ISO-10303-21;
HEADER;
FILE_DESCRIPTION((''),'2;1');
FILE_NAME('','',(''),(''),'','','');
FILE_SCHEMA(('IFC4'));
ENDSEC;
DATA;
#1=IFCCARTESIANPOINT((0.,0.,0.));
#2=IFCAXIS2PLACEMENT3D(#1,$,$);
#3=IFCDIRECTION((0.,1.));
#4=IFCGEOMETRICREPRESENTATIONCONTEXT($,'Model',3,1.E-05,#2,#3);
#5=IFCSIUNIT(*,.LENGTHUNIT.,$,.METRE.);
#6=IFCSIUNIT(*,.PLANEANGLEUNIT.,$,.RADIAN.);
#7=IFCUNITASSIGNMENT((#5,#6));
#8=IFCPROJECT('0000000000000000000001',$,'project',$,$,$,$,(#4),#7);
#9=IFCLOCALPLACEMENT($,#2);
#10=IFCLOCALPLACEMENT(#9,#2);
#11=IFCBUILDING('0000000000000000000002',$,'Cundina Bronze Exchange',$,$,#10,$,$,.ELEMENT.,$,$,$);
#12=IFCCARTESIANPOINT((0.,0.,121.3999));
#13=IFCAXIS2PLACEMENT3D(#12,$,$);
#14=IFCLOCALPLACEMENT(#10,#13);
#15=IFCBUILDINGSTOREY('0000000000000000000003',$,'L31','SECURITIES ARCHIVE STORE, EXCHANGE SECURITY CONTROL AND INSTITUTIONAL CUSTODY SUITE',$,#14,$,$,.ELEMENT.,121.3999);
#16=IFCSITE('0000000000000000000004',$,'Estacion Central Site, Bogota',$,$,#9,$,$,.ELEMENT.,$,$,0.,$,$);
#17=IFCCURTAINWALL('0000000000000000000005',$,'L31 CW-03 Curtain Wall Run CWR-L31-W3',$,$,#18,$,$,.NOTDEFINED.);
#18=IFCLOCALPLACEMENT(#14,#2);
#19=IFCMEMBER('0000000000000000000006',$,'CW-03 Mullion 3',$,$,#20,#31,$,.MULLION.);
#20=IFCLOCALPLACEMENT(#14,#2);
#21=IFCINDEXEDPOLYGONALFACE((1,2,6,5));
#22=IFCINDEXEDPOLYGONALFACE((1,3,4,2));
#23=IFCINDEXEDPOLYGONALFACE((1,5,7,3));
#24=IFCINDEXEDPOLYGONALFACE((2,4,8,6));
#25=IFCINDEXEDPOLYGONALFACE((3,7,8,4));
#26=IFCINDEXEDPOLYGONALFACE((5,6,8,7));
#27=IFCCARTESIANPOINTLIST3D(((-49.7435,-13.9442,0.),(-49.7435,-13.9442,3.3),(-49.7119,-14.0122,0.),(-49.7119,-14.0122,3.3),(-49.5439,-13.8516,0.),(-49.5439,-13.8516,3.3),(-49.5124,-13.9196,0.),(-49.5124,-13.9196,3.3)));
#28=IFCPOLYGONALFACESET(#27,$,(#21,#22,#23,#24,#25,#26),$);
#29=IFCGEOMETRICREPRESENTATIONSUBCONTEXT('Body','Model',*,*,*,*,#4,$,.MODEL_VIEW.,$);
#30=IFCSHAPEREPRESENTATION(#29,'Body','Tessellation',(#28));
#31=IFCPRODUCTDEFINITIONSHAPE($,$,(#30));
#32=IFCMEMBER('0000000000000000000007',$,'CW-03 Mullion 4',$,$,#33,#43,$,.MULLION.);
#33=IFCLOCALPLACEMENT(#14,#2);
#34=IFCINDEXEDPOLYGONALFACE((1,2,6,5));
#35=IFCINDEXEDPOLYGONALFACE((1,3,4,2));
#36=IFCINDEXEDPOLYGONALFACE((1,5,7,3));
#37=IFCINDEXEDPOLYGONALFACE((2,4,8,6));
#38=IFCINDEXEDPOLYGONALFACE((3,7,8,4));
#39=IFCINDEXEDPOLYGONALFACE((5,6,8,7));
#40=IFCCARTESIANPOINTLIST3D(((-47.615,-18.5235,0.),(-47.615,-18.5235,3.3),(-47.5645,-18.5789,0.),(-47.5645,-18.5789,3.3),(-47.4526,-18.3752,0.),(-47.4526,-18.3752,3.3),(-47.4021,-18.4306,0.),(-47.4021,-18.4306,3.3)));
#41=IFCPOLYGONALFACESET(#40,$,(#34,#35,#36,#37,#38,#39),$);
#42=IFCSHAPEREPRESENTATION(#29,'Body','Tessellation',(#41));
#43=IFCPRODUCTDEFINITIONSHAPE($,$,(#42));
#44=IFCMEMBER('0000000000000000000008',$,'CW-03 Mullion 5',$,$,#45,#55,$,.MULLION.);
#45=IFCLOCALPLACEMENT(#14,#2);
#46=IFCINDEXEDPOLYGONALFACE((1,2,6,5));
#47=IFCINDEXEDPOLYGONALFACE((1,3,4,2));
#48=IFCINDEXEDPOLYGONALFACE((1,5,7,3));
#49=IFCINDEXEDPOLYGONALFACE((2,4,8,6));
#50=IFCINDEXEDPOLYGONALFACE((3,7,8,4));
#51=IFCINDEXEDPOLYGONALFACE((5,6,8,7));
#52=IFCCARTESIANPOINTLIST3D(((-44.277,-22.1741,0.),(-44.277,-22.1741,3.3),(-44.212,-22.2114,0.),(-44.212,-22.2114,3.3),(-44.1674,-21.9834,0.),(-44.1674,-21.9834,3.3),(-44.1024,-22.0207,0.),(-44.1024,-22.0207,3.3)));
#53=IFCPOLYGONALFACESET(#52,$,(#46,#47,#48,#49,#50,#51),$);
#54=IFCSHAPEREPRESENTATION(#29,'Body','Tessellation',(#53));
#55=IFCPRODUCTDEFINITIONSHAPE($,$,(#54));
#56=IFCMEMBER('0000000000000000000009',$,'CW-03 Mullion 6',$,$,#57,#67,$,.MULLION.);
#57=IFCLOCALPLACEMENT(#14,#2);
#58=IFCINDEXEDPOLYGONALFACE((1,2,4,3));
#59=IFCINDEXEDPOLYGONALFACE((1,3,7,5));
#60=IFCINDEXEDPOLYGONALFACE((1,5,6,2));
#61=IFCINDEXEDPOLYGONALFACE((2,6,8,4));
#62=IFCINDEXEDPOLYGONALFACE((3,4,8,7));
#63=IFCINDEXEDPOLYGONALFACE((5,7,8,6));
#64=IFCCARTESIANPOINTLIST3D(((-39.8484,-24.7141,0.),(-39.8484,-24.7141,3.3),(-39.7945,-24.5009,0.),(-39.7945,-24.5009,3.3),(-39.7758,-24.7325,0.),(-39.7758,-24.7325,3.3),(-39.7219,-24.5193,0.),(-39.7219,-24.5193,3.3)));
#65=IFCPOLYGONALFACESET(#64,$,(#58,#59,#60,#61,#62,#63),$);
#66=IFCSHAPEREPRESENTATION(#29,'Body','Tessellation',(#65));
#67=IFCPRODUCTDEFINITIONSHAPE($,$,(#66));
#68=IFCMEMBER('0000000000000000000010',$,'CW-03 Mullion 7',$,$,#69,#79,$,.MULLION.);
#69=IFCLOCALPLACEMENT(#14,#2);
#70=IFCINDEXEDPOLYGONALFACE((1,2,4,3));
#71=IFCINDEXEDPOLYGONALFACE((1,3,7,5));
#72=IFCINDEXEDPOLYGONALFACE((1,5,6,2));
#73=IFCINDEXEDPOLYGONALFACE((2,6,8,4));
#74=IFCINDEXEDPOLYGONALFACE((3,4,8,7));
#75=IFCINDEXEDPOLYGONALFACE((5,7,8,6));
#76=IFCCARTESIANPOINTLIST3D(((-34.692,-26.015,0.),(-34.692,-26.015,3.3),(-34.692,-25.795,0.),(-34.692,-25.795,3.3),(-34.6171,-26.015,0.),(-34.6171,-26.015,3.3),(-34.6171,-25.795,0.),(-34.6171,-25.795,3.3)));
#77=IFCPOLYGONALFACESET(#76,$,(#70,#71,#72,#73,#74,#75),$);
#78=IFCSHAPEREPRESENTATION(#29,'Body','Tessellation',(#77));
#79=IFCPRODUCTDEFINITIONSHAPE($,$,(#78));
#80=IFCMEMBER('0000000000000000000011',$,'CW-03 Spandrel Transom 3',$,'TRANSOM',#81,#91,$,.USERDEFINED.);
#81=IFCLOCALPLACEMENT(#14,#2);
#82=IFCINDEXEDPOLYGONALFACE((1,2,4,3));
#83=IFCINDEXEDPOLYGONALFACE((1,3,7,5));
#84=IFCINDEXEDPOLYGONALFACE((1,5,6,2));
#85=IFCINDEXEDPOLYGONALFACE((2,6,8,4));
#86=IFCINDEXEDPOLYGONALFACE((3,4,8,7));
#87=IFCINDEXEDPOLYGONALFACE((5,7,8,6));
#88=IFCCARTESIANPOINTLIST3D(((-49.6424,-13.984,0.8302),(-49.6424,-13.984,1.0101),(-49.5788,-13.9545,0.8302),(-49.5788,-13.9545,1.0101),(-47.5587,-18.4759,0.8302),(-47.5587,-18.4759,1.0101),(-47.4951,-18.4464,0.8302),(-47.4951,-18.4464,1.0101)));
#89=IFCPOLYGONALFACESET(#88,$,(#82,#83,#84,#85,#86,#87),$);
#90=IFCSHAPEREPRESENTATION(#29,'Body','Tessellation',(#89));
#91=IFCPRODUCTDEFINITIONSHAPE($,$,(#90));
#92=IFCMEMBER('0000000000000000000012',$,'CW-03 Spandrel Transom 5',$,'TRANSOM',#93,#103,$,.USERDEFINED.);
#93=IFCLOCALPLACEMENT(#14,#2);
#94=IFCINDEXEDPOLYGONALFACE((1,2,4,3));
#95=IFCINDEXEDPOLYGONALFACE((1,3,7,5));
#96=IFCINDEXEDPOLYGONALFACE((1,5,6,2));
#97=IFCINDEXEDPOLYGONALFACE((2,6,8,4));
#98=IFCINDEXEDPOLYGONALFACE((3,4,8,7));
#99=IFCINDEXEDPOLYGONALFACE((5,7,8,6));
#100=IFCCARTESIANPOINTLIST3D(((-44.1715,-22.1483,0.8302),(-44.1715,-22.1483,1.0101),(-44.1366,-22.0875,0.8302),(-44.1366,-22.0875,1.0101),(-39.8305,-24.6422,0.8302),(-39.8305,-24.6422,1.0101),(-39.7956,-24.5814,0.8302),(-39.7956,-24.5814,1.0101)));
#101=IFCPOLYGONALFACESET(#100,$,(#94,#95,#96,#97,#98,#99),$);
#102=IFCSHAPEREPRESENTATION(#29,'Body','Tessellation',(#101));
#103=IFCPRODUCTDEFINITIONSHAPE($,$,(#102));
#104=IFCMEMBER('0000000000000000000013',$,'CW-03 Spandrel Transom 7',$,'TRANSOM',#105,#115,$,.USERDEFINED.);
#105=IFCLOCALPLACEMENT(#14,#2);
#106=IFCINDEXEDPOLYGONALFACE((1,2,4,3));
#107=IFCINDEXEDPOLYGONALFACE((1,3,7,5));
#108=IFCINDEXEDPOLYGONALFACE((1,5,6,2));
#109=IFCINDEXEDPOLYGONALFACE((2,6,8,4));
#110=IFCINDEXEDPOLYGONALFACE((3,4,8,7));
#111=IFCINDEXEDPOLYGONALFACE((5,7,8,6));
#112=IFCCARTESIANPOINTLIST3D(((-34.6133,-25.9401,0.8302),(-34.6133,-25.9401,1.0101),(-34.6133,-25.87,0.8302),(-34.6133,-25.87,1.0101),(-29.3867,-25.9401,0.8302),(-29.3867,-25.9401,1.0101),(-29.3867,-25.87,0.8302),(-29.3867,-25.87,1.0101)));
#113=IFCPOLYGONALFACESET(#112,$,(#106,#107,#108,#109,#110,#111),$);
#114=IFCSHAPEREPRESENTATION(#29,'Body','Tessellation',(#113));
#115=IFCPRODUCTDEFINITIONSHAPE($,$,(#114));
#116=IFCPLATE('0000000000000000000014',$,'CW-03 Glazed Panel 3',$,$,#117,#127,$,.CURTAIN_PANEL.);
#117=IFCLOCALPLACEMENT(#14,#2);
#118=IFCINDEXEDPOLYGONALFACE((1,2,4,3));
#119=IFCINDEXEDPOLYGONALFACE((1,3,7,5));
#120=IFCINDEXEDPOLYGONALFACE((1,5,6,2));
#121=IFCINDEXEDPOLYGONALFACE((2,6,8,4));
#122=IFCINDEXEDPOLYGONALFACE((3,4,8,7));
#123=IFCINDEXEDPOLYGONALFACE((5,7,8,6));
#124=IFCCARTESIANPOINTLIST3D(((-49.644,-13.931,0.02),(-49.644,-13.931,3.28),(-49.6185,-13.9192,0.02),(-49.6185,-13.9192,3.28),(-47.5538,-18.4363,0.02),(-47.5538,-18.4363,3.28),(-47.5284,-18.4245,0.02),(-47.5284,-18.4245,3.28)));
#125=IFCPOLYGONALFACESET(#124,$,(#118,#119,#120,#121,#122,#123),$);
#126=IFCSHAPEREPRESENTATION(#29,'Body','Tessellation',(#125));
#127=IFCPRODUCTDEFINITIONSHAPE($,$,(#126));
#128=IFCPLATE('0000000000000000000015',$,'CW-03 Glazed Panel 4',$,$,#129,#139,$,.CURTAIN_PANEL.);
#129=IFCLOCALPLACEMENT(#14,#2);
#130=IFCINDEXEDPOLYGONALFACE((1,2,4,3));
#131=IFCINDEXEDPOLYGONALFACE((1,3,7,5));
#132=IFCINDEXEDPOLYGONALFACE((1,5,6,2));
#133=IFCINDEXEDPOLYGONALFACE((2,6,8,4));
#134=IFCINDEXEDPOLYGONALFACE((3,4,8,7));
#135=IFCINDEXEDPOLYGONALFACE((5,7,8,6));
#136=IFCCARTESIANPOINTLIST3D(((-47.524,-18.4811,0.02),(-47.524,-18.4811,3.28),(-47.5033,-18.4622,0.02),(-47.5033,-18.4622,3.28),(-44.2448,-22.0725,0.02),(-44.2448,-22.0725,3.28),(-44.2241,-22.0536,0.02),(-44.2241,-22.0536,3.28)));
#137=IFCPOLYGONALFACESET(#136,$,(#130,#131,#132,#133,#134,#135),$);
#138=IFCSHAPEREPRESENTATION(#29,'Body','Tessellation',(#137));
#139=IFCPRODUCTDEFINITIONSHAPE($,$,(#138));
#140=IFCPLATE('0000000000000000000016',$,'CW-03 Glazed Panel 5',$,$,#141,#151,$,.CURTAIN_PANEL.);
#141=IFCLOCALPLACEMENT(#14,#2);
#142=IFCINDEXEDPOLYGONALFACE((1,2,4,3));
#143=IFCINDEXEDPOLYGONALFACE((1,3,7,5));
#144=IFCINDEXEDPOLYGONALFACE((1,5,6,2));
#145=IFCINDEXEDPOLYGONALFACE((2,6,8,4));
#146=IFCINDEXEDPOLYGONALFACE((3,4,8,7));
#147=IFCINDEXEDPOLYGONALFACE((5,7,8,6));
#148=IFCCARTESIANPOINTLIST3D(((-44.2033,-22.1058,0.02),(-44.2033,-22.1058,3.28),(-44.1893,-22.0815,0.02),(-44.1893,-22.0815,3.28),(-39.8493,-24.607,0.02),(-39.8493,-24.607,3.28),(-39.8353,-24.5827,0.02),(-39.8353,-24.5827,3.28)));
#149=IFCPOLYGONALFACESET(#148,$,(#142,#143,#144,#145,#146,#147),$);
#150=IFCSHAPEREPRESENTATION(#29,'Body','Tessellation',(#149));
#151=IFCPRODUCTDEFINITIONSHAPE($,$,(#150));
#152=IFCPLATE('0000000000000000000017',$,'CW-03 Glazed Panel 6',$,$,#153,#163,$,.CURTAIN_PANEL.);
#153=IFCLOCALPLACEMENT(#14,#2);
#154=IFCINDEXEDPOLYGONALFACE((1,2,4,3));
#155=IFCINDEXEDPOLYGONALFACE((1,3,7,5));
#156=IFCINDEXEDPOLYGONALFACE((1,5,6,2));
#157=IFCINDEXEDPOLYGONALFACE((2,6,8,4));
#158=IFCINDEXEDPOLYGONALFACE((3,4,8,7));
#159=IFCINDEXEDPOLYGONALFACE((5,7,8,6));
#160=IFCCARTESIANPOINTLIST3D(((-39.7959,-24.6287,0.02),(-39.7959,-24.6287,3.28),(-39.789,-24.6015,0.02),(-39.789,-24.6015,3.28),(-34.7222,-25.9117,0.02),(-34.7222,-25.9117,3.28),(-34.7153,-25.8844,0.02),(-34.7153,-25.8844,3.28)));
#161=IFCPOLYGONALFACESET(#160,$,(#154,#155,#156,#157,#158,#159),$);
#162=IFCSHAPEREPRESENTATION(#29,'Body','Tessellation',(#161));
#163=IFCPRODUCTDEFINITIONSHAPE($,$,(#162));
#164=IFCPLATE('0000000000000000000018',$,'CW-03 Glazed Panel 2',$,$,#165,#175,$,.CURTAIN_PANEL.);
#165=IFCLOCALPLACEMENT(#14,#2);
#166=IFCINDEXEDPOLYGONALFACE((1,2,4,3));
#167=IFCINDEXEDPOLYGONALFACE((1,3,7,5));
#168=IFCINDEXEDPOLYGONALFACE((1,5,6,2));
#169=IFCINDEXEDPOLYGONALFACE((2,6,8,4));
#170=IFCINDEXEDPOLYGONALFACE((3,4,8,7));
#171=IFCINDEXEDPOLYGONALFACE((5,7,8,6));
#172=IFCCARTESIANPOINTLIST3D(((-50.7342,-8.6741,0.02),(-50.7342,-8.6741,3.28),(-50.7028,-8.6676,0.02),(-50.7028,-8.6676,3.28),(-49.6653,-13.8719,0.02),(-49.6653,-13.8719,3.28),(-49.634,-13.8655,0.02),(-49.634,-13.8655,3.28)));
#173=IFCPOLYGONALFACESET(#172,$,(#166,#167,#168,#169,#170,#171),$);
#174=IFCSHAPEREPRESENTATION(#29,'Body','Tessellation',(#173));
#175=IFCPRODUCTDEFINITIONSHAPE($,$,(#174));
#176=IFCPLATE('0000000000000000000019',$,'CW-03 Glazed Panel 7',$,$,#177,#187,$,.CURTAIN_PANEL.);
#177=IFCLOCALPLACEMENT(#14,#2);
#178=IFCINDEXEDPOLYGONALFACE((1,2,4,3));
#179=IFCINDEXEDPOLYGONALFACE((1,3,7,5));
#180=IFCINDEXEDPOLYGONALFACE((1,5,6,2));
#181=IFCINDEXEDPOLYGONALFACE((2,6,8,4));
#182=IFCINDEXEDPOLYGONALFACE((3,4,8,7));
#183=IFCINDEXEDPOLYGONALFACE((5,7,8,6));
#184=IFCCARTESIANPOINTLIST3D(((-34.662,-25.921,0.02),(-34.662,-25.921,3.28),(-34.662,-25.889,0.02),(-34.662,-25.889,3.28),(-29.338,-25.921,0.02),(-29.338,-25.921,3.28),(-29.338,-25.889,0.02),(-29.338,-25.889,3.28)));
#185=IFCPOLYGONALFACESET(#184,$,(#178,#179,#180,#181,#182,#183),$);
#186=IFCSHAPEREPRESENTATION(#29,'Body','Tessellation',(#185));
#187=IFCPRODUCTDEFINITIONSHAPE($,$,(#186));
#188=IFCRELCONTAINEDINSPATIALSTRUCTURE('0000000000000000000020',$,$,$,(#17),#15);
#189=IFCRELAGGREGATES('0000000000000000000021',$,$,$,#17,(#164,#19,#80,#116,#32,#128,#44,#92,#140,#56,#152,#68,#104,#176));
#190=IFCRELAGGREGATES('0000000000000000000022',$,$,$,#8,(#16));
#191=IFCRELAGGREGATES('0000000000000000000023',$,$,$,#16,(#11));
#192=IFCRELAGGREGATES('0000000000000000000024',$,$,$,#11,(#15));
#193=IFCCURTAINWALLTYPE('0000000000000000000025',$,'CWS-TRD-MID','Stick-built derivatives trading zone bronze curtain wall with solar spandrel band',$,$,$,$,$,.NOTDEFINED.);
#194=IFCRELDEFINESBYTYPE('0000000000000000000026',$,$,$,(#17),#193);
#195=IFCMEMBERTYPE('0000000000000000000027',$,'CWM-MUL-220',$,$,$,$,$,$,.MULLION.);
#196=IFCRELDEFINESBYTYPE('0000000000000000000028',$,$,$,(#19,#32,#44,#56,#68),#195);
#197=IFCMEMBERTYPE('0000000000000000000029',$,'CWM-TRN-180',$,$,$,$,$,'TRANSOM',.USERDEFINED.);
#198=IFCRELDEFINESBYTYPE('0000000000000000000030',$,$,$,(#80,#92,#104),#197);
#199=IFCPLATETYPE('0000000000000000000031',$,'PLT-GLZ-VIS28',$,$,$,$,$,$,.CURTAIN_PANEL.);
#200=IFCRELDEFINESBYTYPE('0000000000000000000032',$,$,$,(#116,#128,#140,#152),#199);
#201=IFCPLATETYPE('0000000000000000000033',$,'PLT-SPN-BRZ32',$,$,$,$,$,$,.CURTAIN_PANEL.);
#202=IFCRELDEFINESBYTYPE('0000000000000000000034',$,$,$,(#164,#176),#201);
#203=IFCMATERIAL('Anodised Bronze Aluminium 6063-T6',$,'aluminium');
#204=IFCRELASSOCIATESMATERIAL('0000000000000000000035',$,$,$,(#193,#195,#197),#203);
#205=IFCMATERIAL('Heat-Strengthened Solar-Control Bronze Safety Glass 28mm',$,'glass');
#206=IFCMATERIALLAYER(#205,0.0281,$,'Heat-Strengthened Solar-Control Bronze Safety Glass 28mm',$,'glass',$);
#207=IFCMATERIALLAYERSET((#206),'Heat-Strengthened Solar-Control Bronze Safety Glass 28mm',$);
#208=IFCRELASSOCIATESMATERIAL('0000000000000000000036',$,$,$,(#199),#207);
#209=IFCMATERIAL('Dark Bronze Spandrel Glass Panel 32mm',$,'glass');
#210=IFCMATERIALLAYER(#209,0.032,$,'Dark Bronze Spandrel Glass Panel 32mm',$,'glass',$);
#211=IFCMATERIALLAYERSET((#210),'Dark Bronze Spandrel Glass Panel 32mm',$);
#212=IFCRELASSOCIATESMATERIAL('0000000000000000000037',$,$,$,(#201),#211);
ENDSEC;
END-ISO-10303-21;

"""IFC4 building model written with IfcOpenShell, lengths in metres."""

from ifc_helpers import new_model, si_unit, direction, frame, origin, origin_2d, place, context, subcontext, project, spatial, rectangle, extrude, material, layer, layer_set, material_profile, profile_set, type_object, element, aggregate, save


model = new_model("IFC4")

# Units and contexts
model_context = context("Model", 3, precision=1e-05, world=origin(), true_north=direction((0.0, 1.0)))
body_context = subcontext(model_context, "Body", "Model", "MODEL_VIEW")
ifc_project = project(units=[si_unit("LENGTHUNIT", "METRE"), si_unit("PLANEANGLEUNIT", "RADIAN")], contexts=[model_context])

# Site, building, storey
site_placement = place(None, origin())
site = spatial("IfcSite", under=ifc_project, at=site_placement, Name="Estacion Central Site, Bogota", CompositionType="ELEMENT", RefElevation=0.0)
building_placement = place(site_placement, origin())
building = spatial("IfcBuilding", under=site, at=building_placement, Name="Cundina Bronze Exchange", CompositionType="ELEMENT")
storey_placement = place(building_placement, frame((0.0, 0.0, 121.3999)))
storey = spatial("IfcBuildingStorey", under=building, at=storey_placement, Name="L31", Description="SECURITIES ARCHIVE STORE, EXCHANGE SECURITY CONTROL AND INSTITUTIONAL CUSTODY SUITE", CompositionType="ELEMENT", Elevation=121.3999)

# Curtain wall, members, plates
ifc_material_1 = material(Name="Anodised Bronze Aluminium 6063-T6", Category="aluminium")
curtain_wall_type = type_object("IfcCurtainWallType", Name="CWS-TRD-MID", Description="Stick-built derivatives trading zone bronze curtain wall with solar spandrel band", PredefinedType="NOTDEFINED", material=ifc_material_1)
curtain_wall_placement = place(storey_placement, origin())
curtain_wall = element("IfcCurtainWall", 1, at=curtain_wall_placement, inside=storey, type_object=curtain_wall_type, Name="L31 CW-03 Curtain Wall Run CWR-L31-W3", PredefinedType="NOTDEFINED")
ifc_material_profile_1 = material_profile(ifc_material_1, rectangle(XDim=0.075, YDim=0.22, at=origin_2d()), Name="AL75X220", Category="aluminium")
ifc_profile_set_1 = profile_set([ifc_material_profile_1], Name="Anodised Bronze Aluminium 6063-T6")
member_type_1 = type_object("IfcMemberType", Name="CWM-MUL-220", PredefinedType="MULLION", material=ifc_profile_set_1)
member_1_placement = place(storey_placement, frame((-49.6279, -13.9319, 0.0), z_axis=(0.0, 0.0, 1.0), x_axis=(0.420877, -0.907117, 0.0)))
member_1 = element("IfcMember", 2, at=member_1_placement, type_object=member_type_1, Name="CW-03 Mullion 3", PredefinedType="MULLION", context=body_context, shape_type="SweptSolid", body=[
    extrude(rectangle(XDim=0.075, YDim=0.22, at=origin_2d()), origin(), (0.0, 0.0, 1.0), 3.3),
])
member_2_placement = place(storey_placement, frame((-47.5085, -18.4771, 0.0), z_axis=(0.0, 0.0, 1.0), x_axis=(0.674302, -0.738455, 0.0)))
member_2 = element("IfcMember", 3, at=member_2_placement, type_object=member_type_1, Name="CW-03 Mullion 4", PredefinedType="MULLION", context=body_context, shape_type="SweptSolid", body=[
    extrude(rectangle(XDim=0.075, YDim=0.22, at=origin_2d()), origin(), (0.0, 0.0, 1.0), 3.3),
])
member_3_placement = place(storey_placement, frame((-44.1897, -22.0974, 0.0), z_axis=(0.0, 0.0, 1.0), x_axis=(0.867071, -0.498185, 0.0)))
member_3 = element("IfcMember", 4, at=member_3_placement, type_object=member_type_1, Name="CW-03 Mullion 5", PredefinedType="MULLION", context=body_context, shape_type="SweptSolid", body=[
    extrude(rectangle(XDim=0.075, YDim=0.22, at=origin_2d()), origin(), (0.0, 0.0, 1.0), 3.3),
])
member_4_placement = place(storey_placement, frame((-39.7852, -24.6167, 0.0), z_axis=(0.0, 0.0, 1.0), x_axis=(0.969488, -0.245138, 0.0)))
member_4 = element("IfcMember", 5, at=member_4_placement, type_object=member_type_1, Name="CW-03 Mullion 6", PredefinedType="MULLION", context=body_context, shape_type="SweptSolid", body=[
    extrude(rectangle(XDim=0.075, YDim=0.22, at=origin_2d()), origin(), (0.0, 0.0, 1.0), 3.3),
])
member_5_placement = place(storey_placement, frame((-34.6545, -25.905, 0.0), z_axis=(0.0, 0.0, 1.0), x_axis=(1.0, 0.0, 0.0)))
member_5 = element("IfcMember", 6, at=member_5_placement, type_object=member_type_1, Name="CW-03 Mullion 7", PredefinedType="MULLION", context=body_context, shape_type="SweptSolid", body=[
    extrude(rectangle(XDim=0.075, YDim=0.22, at=origin_2d()), origin(), (0.0, 0.0, 1.0), 3.3),
])
ifc_material_profile_2 = material_profile(ifc_material_1, rectangle(XDim=0.0701, YDim=0.1799, at=origin_2d()), Name="AL70X180", Category="aluminium")
ifc_profile_set_2 = profile_set([ifc_material_profile_2], Name="Anodised Bronze Aluminium 6063-T6")
member_type_2 = type_object("IfcMemberType", Name="CWM-TRN-180", ElementType="TRANSOM", PredefinedType="USERDEFINED", material=ifc_profile_set_2)
member_6_placement = place(storey_placement, frame((-49.6106, -13.9692, 0.9202), z_axis=(0.420811, -0.907148, 0.0), x_axis=(0.907148, 0.420811, 0.0)))
member_6 = element("IfcMember", 7, at=member_6_placement, type_object=member_type_2, Name="CW-03 Spandrel Transom 3", ObjectType="TRANSOM", PredefinedType="USERDEFINED", context=body_context, shape_type="SweptSolid", body=[
    extrude(rectangle(XDim=0.0701, YDim=0.1799, at=origin_2d()), origin(), (0.0, 0.0, 1.0), 4.9517),
])
member_7_placement = place(storey_placement, frame((-44.1541, -22.1179, 0.9202), z_axis=(0.867097, -0.498139, 0.0), x_axis=(0.498139, 0.867097, 0.0)))
member_7 = element("IfcMember", 8, at=member_7_placement, type_object=member_type_2, Name="CW-03 Spandrel Transom 5", ObjectType="TRANSOM", PredefinedType="USERDEFINED", context=body_context, shape_type="SweptSolid", body=[
    extrude(rectangle(XDim=0.0701, YDim=0.1799, at=origin_2d()), origin(), (0.0, 0.0, 1.0), 5.0063),
])
member_8_placement = place(storey_placement, frame((-34.6133, -25.905, 0.9202), z_axis=(1.0, 0.0, 0.0), x_axis=(0.0, 1.0, 0.0)))
member_8 = element("IfcMember", 9, at=member_8_placement, type_object=member_type_2, Name="CW-03 Spandrel Transom 7", ObjectType="TRANSOM", PredefinedType="USERDEFINED", context=body_context, shape_type="SweptSolid", body=[
    extrude(rectangle(XDim=0.0701, YDim=0.1799, at=origin_2d()), origin(), (0.0, 0.0, 1.0), 5.2266),
])
ifc_material_2 = material(Name="Heat-Strengthened Solar-Control Bronze Safety Glass 28mm", Category="glass")
ifc_layer_1 = layer(ifc_material_2, 0.0281, Name="Heat-Strengthened Solar-Control Bronze Safety Glass 28mm", Category="glass")
ifc_layer_set_1 = layer_set([ifc_layer_1], Name="Heat-Strengthened Solar-Control Bronze Safety Glass 28mm")
plate_type_1 = type_object("IfcPlateType", Name="PLT-GLZ-VIS28", PredefinedType="CURTAIN_PANEL", material=ifc_layer_set_1)
plate_1_placement = place(storey_placement, frame((-48.5862, -16.1777, 0.02), z_axis=(0.0, 0.0, 1.0), x_axis=(0.420846, -0.907132, 0.0)))
plate_1 = element("IfcPlate", 10, at=plate_1_placement, type_object=plate_type_1, Name="CW-03 Glazed Panel 3", PredefinedType="CURTAIN_PANEL", context=body_context, shape_type="SweptSolid", body=[
    extrude(rectangle(XDim=4.9666, YDim=0.0281, at=origin_2d()), origin(), (0.0, 0.0, 1.0), 3.26),
])
plate_2_placement = place(storey_placement, frame((-45.874, -20.2673, 0.02), z_axis=(0.0, 0.0, 1.0), x_axis=(0.674277, -0.738479, 0.0)))
plate_2 = element("IfcPlate", 11, at=plate_2_placement, type_object=plate_type_1, Name="CW-03 Glazed Panel 4", PredefinedType="CURTAIN_PANEL", context=body_context, shape_type="SweptSolid", body=[
    extrude(rectangle(XDim=4.8633, YDim=0.0281, at=origin_2d()), origin(), (0.0, 0.0, 1.0), 3.26),
])
plate_3_placement = place(storey_placement, frame((-42.0193, -23.3442, 0.02), z_axis=(0.0, 0.0, 1.0), x_axis=(0.867105, -0.498125, 0.0)))
plate_3 = element("IfcPlate", 12, at=plate_3_placement, type_object=plate_type_1, Name="CW-03 Glazed Panel 5", PredefinedType="CURTAIN_PANEL", context=body_context, shape_type="SweptSolid", body=[
    extrude(rectangle(XDim=5.0212, YDim=0.0281, at=origin_2d()), origin(), (0.0, 0.0, 1.0), 3.26),
])
plate_4_placement = place(storey_placement, frame((-37.2556, -25.2566, 0.02), z_axis=(0.0, 0.0, 1.0), x_axis=(0.969488, -0.245138, 0.0)))
plate_4 = element("IfcPlate", 13, at=plate_4_placement, type_object=plate_type_1, Name="CW-03 Glazed Panel 6", PredefinedType="CURTAIN_PANEL", context=body_context, shape_type="SweptSolid", body=[
    extrude(rectangle(XDim=5.2334, YDim=0.0281, at=origin_2d()), origin(), (0.0, 0.0, 1.0), 3.26),
])
ifc_material_3 = material(Name="Dark Bronze Spandrel Glass Panel 32mm", Category="glass")
ifc_layer_2 = layer(ifc_material_3, 0.032, Name="Dark Bronze Spandrel Glass Panel 32mm", Category="glass")
ifc_layer_set_2 = layer_set([ifc_layer_2], Name="Dark Bronze Spandrel Glass Panel 32mm")
plate_type_2 = type_object("IfcPlateType", Name="PLT-SPN-BRZ32", PredefinedType="CURTAIN_PANEL", material=ifc_layer_set_2)
plate_5_placement = place(storey_placement, frame((-50.1841, -11.2698, 0.02), z_axis=(0.0, 0.0, 1.0), x_axis=(0.20142, -0.979505, 0.0)))
plate_5 = element("IfcPlate", 14, at=plate_5_placement, type_object=plate_type_2, Name="CW-03 Glazed Panel 2", PredefinedType="CURTAIN_PANEL", context=body_context, shape_type="SweptSolid", body=[
    extrude(rectangle(XDim=5.3066, YDim=0.032, at=origin_2d()), origin(), (0.0, 0.0, 1.0), 3.26),
])
plate_6_placement = place(storey_placement, frame((-32.0, -25.905, 0.02), z_axis=(0.0, 0.0, 1.0), x_axis=(1.0, 0.0, 0.0)))
plate_6 = element("IfcPlate", 15, at=plate_6_placement, type_object=plate_type_2, Name="CW-03 Glazed Panel 7", PredefinedType="CURTAIN_PANEL", context=body_context, shape_type="SweptSolid", body=[
    extrude(rectangle(XDim=5.324, YDim=0.032, at=origin_2d()), origin(), (0.0, 0.0, 1.0), 3.26),
])
aggregate(curtain_wall, [plate_5, member_1, member_6, plate_1, member_2, plate_2, member_3, member_7, plate_3, member_4, plate_4, member_5, member_8, plate_6])

save(model, "model.ifc")
